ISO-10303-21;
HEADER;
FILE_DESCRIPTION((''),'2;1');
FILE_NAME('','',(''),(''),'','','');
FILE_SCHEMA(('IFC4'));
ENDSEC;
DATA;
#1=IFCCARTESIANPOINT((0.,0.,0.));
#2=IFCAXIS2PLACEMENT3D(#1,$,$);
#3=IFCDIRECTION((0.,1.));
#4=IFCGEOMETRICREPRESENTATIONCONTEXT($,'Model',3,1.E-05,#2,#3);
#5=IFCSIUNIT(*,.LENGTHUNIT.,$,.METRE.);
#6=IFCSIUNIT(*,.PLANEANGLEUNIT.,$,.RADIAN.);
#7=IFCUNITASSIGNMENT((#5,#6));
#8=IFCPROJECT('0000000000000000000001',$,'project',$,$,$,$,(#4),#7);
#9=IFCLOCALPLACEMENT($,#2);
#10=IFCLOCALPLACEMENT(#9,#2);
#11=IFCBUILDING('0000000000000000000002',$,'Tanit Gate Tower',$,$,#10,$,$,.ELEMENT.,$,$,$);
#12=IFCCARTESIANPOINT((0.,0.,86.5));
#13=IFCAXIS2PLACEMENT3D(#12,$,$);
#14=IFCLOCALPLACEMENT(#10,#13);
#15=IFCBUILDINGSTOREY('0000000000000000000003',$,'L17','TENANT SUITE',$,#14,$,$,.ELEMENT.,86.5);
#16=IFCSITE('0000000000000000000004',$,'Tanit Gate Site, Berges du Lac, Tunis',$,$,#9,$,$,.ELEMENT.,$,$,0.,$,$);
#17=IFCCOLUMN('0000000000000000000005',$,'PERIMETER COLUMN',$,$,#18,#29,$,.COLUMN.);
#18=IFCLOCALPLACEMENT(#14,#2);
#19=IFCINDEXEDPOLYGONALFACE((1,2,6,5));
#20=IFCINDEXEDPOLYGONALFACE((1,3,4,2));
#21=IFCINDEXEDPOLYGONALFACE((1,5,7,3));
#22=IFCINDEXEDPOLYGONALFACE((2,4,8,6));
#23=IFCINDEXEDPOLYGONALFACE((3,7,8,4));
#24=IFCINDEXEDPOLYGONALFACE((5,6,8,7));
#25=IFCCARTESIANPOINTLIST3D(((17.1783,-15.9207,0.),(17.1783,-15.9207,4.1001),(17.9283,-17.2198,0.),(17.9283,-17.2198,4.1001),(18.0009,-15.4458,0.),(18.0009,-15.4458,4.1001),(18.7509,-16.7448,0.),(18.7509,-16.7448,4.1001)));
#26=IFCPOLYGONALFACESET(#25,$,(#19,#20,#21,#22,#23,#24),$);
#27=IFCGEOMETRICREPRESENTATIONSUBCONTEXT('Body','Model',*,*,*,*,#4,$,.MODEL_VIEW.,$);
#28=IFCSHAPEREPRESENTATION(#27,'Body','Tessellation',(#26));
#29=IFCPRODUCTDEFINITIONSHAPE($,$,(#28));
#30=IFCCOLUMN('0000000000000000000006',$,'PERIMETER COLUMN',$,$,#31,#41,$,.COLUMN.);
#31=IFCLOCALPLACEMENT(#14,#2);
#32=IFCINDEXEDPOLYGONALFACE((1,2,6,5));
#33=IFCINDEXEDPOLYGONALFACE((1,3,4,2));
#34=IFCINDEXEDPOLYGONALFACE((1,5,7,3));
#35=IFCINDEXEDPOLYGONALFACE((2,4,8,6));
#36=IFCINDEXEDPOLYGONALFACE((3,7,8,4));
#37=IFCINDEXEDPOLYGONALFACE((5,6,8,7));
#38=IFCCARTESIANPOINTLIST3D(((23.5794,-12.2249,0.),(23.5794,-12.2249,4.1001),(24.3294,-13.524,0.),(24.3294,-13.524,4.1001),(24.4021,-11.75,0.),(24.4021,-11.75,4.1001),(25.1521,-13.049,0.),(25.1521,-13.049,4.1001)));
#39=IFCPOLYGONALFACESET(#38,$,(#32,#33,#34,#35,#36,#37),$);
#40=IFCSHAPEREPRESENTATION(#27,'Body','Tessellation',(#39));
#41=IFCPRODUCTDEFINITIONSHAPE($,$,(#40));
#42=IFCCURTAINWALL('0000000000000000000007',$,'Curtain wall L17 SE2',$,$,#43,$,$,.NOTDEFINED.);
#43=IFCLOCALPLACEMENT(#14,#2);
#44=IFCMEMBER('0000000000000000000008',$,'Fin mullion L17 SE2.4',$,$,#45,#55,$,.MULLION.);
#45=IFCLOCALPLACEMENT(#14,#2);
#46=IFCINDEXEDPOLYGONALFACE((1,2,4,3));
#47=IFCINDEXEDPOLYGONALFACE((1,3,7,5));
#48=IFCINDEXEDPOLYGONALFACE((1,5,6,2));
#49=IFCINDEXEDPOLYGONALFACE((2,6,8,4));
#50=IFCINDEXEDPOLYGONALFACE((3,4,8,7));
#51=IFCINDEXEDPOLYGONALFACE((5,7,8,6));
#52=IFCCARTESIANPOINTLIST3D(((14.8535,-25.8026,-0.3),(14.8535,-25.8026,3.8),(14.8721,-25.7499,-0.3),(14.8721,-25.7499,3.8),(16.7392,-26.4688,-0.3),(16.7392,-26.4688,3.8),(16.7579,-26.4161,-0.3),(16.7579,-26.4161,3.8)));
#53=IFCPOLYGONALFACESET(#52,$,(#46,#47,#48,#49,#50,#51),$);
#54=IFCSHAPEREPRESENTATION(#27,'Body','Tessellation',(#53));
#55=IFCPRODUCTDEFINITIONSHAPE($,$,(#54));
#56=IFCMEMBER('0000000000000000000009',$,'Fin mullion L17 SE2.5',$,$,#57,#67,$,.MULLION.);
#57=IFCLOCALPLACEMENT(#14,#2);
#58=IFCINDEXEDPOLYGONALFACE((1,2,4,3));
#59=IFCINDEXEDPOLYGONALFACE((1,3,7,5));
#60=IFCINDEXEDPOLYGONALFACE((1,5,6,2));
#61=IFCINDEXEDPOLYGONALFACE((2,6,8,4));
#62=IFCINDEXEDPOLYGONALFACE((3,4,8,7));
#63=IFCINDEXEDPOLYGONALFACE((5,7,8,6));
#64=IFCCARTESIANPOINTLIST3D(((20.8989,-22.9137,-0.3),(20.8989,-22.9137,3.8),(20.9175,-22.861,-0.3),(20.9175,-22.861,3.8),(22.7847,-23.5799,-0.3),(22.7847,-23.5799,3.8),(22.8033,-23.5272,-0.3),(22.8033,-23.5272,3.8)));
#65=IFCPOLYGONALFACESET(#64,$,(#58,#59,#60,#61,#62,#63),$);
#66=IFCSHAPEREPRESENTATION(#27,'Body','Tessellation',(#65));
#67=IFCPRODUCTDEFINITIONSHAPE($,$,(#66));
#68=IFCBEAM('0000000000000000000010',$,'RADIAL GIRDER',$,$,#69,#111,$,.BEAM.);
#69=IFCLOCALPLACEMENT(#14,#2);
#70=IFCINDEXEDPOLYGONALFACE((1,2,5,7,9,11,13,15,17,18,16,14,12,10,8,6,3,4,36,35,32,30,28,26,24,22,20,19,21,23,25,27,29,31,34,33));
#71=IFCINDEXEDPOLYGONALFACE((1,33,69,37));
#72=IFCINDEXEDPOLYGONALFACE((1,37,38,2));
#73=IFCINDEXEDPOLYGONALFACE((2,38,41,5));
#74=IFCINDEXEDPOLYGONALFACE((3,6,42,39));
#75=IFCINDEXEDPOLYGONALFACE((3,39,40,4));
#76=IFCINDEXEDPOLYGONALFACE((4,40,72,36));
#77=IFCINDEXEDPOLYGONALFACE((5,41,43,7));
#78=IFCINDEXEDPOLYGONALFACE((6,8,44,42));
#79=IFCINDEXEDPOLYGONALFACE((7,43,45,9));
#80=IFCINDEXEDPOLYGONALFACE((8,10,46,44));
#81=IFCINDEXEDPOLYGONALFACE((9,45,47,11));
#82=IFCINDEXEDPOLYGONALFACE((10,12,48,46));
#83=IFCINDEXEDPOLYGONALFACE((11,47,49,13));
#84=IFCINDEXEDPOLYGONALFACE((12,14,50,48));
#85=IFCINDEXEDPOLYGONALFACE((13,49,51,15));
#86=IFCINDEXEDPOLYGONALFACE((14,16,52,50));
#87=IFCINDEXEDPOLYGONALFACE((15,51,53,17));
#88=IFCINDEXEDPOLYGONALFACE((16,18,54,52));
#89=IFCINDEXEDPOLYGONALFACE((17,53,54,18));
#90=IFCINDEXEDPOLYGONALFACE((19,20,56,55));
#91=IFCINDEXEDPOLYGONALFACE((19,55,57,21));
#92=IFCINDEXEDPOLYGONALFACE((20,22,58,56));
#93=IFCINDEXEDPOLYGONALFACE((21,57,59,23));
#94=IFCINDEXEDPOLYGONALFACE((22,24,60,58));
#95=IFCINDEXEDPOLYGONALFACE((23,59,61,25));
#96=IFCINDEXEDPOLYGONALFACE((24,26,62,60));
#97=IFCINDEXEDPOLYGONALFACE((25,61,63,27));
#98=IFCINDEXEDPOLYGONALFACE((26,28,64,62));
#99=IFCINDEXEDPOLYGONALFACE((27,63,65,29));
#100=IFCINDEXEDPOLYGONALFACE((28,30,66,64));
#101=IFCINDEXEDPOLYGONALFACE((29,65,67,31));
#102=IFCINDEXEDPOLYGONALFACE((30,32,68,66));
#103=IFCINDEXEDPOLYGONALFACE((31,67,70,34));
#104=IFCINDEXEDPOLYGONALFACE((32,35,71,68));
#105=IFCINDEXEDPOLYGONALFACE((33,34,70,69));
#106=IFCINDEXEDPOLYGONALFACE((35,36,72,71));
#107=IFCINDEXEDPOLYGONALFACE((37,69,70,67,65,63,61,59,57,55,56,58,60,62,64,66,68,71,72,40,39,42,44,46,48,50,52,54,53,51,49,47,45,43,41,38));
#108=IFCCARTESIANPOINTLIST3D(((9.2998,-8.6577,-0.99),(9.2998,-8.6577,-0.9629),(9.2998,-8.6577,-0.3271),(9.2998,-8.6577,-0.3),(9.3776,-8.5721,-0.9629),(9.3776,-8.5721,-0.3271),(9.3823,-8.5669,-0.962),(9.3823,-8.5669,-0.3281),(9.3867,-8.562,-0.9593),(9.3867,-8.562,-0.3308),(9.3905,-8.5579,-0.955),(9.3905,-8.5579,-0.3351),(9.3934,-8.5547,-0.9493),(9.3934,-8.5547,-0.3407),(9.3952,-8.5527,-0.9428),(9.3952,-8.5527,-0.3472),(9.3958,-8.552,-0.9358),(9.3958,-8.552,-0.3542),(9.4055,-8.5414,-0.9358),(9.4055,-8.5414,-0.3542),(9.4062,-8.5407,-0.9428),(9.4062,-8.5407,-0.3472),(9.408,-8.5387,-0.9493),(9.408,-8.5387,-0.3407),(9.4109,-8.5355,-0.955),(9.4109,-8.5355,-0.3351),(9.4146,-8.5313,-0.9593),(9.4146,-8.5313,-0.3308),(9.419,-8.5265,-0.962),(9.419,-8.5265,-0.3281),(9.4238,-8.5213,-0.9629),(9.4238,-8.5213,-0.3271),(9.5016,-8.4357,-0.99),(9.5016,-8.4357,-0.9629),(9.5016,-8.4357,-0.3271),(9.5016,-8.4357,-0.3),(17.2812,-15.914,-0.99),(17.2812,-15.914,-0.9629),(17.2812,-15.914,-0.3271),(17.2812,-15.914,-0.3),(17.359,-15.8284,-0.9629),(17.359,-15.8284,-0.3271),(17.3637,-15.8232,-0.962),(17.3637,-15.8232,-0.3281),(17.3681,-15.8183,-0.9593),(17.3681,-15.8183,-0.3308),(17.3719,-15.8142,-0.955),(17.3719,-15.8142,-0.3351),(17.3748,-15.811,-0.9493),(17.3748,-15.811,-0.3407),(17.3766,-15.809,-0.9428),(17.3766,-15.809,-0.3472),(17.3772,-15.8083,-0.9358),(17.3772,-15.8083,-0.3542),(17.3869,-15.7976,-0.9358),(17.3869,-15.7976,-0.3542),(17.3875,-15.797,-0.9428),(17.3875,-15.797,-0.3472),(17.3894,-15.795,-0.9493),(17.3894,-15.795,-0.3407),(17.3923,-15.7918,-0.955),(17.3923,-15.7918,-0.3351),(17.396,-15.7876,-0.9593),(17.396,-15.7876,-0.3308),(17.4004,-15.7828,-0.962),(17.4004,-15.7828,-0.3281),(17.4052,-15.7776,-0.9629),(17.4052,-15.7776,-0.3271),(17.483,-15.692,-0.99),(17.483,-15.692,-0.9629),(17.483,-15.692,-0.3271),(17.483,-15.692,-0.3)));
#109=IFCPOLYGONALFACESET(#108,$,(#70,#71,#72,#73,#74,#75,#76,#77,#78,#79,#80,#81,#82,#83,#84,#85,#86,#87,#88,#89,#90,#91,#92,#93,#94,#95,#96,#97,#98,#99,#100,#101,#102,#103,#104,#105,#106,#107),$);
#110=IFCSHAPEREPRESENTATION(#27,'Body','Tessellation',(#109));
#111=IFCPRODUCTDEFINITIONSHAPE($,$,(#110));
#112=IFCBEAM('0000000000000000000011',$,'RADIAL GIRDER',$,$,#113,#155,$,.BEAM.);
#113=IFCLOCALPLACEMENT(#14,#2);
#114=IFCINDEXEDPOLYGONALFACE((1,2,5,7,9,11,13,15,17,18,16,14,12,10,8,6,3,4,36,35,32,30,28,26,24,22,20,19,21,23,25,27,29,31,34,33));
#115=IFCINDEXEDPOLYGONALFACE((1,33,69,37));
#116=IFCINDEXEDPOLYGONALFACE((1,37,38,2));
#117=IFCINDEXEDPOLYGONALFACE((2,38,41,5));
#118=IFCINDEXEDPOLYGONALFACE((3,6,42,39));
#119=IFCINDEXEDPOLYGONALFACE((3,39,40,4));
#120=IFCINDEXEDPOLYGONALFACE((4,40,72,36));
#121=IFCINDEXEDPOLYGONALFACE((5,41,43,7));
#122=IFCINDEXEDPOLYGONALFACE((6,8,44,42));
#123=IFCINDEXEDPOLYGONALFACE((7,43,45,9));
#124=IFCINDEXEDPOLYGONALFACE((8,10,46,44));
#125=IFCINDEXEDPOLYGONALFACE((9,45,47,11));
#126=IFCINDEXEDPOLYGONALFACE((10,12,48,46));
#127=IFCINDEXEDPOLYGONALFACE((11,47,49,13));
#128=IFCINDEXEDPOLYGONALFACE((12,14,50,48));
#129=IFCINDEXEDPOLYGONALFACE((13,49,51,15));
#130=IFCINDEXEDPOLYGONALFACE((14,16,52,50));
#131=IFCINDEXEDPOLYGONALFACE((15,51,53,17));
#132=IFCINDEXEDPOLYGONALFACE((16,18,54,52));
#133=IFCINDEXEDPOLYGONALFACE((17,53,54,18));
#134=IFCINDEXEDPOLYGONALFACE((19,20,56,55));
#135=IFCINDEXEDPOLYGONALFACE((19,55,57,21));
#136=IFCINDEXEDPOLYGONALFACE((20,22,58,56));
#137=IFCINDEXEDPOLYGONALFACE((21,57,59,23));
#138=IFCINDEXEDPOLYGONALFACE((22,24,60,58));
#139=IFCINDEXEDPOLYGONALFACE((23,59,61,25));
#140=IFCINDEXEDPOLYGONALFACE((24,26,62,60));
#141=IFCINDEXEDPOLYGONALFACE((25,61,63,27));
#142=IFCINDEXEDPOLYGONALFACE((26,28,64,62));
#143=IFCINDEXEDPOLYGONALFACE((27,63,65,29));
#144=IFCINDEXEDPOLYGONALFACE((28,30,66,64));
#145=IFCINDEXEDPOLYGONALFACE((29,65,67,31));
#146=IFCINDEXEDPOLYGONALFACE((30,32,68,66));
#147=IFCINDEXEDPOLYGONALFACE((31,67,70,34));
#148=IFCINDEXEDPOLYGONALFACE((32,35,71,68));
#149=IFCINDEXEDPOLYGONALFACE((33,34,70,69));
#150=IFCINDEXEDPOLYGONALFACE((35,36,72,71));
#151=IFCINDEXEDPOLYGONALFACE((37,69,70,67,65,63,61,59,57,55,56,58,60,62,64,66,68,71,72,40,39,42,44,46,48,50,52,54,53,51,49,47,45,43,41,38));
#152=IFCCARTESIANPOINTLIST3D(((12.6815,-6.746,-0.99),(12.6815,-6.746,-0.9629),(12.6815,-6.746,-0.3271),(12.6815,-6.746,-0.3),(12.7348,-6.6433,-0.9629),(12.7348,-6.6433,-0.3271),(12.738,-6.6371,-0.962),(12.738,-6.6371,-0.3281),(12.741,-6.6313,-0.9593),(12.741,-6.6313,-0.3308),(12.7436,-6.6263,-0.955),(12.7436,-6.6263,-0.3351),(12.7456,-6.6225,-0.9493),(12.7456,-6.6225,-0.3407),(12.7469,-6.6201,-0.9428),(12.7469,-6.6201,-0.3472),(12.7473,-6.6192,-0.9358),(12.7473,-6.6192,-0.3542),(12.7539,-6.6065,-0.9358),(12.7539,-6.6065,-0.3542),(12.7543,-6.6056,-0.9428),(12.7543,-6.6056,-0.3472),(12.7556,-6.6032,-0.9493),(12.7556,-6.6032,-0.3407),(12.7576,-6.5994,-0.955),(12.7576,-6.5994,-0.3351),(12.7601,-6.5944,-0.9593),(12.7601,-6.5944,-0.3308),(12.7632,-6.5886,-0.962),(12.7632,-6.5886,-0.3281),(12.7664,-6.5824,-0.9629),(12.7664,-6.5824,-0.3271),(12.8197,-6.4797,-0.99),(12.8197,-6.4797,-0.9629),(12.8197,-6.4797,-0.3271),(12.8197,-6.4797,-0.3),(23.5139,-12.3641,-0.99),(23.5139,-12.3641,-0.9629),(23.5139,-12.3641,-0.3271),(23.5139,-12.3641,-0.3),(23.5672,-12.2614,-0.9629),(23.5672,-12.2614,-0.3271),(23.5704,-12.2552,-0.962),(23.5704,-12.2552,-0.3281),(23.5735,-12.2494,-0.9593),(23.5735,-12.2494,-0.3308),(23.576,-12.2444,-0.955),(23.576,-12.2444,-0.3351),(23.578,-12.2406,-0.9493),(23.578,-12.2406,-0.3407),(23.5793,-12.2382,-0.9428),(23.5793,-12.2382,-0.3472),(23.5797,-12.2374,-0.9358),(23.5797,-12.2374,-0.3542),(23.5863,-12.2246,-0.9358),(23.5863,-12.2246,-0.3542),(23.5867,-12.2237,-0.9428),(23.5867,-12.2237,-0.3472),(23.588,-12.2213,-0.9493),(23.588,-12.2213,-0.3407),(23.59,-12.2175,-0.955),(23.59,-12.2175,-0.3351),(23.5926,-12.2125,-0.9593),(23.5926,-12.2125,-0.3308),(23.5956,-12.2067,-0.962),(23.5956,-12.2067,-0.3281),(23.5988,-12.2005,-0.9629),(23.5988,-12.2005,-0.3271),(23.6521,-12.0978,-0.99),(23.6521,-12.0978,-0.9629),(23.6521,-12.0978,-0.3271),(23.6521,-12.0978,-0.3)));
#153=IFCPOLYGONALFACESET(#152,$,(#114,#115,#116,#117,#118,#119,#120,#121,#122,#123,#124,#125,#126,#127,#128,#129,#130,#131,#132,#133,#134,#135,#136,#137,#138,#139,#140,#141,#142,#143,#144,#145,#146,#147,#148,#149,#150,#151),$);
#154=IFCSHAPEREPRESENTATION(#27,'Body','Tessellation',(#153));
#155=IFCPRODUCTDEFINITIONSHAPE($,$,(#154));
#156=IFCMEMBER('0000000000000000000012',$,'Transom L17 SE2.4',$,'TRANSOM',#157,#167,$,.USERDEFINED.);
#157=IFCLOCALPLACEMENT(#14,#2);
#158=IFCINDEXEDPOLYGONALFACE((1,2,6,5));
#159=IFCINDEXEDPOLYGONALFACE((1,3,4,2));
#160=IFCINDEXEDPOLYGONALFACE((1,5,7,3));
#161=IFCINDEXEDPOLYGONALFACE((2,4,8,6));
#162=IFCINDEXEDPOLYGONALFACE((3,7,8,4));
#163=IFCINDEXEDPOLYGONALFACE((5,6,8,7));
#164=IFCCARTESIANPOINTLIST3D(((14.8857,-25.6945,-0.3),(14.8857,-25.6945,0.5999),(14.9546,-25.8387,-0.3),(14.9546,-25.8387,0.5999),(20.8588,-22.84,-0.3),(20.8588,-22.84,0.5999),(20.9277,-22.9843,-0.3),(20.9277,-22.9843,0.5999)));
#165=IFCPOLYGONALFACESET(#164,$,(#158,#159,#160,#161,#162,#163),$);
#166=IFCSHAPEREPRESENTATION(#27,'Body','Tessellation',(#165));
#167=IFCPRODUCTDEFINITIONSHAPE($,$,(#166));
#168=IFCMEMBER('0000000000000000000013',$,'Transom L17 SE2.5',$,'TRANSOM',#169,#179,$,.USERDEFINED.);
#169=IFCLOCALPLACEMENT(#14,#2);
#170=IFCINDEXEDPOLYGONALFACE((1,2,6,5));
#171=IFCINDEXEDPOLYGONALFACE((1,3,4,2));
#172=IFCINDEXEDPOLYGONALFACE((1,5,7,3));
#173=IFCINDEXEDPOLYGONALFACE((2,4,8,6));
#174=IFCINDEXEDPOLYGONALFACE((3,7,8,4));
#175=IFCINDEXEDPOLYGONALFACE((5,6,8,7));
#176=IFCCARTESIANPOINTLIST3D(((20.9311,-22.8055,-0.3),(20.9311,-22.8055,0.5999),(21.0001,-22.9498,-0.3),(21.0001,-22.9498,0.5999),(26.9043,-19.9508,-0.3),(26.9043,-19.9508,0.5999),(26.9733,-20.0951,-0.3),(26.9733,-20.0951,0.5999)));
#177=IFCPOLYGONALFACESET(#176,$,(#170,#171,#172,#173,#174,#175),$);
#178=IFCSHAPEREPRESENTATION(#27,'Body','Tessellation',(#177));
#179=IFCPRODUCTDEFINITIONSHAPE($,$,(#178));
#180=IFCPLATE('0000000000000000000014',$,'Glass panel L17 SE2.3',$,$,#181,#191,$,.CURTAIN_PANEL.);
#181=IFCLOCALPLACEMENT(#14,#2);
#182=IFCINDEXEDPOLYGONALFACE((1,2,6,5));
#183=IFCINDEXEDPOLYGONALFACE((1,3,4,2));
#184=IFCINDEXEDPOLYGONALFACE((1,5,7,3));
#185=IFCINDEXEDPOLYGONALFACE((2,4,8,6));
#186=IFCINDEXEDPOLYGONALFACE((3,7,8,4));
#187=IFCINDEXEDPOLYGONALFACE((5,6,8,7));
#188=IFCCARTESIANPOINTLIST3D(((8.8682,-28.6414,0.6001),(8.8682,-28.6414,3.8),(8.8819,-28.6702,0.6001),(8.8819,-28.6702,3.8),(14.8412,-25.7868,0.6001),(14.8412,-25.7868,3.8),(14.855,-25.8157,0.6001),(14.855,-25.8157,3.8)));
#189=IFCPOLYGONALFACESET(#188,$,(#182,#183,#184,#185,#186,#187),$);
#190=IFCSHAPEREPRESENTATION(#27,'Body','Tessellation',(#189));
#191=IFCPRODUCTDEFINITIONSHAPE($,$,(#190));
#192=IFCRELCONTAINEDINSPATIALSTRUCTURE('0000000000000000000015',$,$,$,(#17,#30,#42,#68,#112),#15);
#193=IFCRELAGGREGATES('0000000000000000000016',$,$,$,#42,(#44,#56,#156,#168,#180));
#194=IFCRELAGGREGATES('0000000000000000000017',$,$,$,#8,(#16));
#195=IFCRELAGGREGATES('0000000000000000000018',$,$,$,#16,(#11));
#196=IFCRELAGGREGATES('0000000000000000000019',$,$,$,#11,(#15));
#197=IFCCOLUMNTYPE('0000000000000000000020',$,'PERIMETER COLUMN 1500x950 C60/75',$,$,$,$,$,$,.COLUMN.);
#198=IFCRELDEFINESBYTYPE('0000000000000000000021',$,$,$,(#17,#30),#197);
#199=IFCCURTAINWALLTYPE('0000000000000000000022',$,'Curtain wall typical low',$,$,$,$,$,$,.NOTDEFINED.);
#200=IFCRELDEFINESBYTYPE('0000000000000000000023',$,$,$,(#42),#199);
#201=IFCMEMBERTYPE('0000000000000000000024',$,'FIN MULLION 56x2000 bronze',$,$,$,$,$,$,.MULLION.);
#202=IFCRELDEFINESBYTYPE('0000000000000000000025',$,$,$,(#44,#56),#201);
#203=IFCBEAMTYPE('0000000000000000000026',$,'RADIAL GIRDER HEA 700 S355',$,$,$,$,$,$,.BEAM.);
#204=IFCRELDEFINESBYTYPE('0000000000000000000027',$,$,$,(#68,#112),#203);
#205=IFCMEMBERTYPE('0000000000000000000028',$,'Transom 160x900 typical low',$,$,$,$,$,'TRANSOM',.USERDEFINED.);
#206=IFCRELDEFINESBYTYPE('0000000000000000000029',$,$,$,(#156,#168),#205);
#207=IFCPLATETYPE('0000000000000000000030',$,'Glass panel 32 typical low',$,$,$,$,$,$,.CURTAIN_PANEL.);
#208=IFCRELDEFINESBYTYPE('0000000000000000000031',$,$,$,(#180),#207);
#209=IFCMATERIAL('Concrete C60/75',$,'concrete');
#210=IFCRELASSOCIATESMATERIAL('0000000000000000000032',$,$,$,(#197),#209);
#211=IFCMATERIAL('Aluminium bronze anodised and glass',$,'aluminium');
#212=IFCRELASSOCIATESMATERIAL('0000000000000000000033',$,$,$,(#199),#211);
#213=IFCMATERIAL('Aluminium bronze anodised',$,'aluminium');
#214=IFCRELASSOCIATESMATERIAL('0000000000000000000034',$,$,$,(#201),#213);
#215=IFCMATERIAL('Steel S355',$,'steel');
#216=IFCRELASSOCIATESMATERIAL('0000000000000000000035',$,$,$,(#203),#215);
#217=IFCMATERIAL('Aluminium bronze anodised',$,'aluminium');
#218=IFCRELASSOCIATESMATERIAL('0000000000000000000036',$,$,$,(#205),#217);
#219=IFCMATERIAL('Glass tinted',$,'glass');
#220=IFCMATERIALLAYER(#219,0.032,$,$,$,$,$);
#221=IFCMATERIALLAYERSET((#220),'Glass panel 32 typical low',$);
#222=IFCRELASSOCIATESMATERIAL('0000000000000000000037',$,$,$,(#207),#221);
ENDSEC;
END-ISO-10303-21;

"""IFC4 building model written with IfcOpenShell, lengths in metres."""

from ifc_helpers import new_model, si_unit, direction, frame, origin, origin_2d, place, context, subcontext, project, spatial, rectangle, i_section, extrude, material, layer, layer_set, material_profile, profile_set, type_object, element, aggregate, save


model = new_model("IFC4")

# Units and contexts
model_context = context("Model", 3, precision=1e-05, world=origin(), true_north=direction((0.0, 1.0)))
body_context = subcontext(model_context, "Body", "Model", "MODEL_VIEW")
ifc_project = project(units=[si_unit("LENGTHUNIT", "METRE"), si_unit("PLANEANGLEUNIT", "RADIAN")], contexts=[model_context])

# Site, building, storey
site_placement = place(None, origin())
site = spatial("IfcSite", under=ifc_project, at=site_placement, Name="Tanit Gate Site, Berges du Lac, Tunis", CompositionType="ELEMENT", RefElevation=0.0)
building_placement = place(site_placement, origin())
building = spatial("IfcBuilding", under=site, at=building_placement, Name="Tanit Gate Tower", CompositionType="ELEMENT")
storey_placement = place(building_placement, frame((0.0, 0.0, 86.5)))
storey = spatial("IfcBuildingStorey", under=building, at=storey_placement, Name="L17", Description="TENANT SUITE", CompositionType="ELEMENT", Elevation=86.5)

# Columns
ifc_material_1 = material(Name="Concrete C60/75", Category="concrete")
ifc_material_profile_1 = material_profile(ifc_material_1, rectangle(XDim=1.5, YDim=0.95, at=origin_2d()), Name="RC 1500x950")
ifc_profile_set_1 = profile_set([ifc_material_profile_1], Name="Concrete C60/75")
column_type = type_object("IfcColumnType", Name="PERIMETER COLUMN 1500x950 C60/75", PredefinedType="COLUMN", material=ifc_profile_set_1)
for number, where, z_axis, x_axis, name in (
    (1, (17.9646, -16.3328, 0.0), (0.0, 0.0, 1.0), (0.5, -0.866025, 0.0), "PERIMETER COLUMN"),
    (2, (24.3657, -12.637, 0.0), (0.0, 0.0, 1.0), (0.5, -0.866025, 0.0), "PERIMETER COLUMN"),
):
    element("IfcColumn", number, at=place(storey_placement, frame(where, z_axis=z_axis, x_axis=x_axis)), inside=storey, type_object=column_type, Name=name, PredefinedType="COLUMN", context=body_context, shape_type="SweptSolid", body=[
        extrude(rectangle(XDim=1.5, YDim=0.95, at=origin_2d()), origin(), (0.0, 0.0, 1.0), 4.1001),
    ])

# Curtain wall, members
ifc_material_2 = material(Name="Aluminium bronze anodised and glass", Category="aluminium")
curtain_wall_type = type_object("IfcCurtainWallType", Name="Curtain wall typical low", PredefinedType="NOTDEFINED", material=ifc_material_2)
curtain_wall_placement = place(storey_placement, origin())
curtain_wall = element("IfcCurtainWall", 3, at=curtain_wall_placement, inside=storey, type_object=curtain_wall_type, Name="Curtain wall L17 SE2", PredefinedType="NOTDEFINED")
ifc_material_3 = material(Name="Aluminium bronze anodised", Category="aluminium")
ifc_material_profile_2 = material_profile(ifc_material_3, rectangle(XDim=2.0, YDim=0.0559, at=origin_2d()), Name="56x2000 bronze fin mullion")
ifc_profile_set_2 = profile_set([ifc_material_profile_2], Name="Aluminium bronze anodised")
member_type_1 = type_object("IfcMemberType", Name="FIN MULLION 56x2000 bronze", PredefinedType="MULLION", material=ifc_profile_set_2)
member_1_placement = place(storey_placement, frame((15.8057, -26.1094, -0.3), z_axis=(0.0, 0.0, 1.0), x_axis=(-0.942895, 0.33309, 0.0)))
member_1 = element("IfcMember", 4, at=member_1_placement, type_object=member_type_1, Name="Fin mullion L17 SE2.4", PredefinedType="MULLION", context=body_context, shape_type="SweptSolid", body=[
    extrude(rectangle(XDim=2.0, YDim=0.0559, at=origin_2d()), origin(), (0.0, 0.0, 1.0), 4.1001),
])
member_2_placement = place(storey_placement, frame((21.8511, -23.2205, -0.3), z_axis=(0.0, 0.0, 1.0), x_axis=(-0.942895, 0.33309, 0.0)))
member_2 = element("IfcMember", 5, at=member_2_placement, type_object=member_type_1, Name="Fin mullion L17 SE2.5", PredefinedType="MULLION", context=body_context, shape_type="SweptSolid", body=[
    extrude(rectangle(XDim=2.0, YDim=0.0559, at=origin_2d()), origin(), (0.0, 0.0, 1.0), 4.1001),
])

# Beams
ifc_material_4 = material(Name="Steel S355", Category="steel")
ifc_material_profile_3 = material_profile(ifc_material_4, i_section(OverallWidth=0.3, OverallDepth=0.6899, WebThickness=0.0144, FlangeThickness=0.0271, FilletRadius=0.0271, at=origin_2d()), Name="HEA 700")
ifc_profile_set_3 = profile_set([ifc_material_profile_3], Name="Steel S355")
beam_type = type_object("IfcBeamType", Name="RADIAL GIRDER HEA 700 S355", PredefinedType="BEAM", material=ifc_profile_set_3)
beam_1_placement = place(storey_placement, frame((17.3821, -15.803, -0.645), z_axis=(-0.739918, 0.672698, 0.0), x_axis=(-0.672698, -0.739918, 0.0)))
element("IfcBeam", 6, at=beam_1_placement, inside=storey, type_object=beam_type, Name="RADIAL GIRDER", PredefinedType="BEAM", context=body_context, shape_type="SweptSolid", body=[
    extrude(i_section(OverallWidth=0.3, OverallDepth=0.6899, WebThickness=0.0144, FlangeThickness=0.0271, FilletRadius=0.0271, at=origin_2d()), origin(), (0.0, 0.0, 1.0), 10.7869),
])
beam_2_placement = place(storey_placement, frame((23.583, -12.231, -0.645), z_axis=(-0.887711, 0.460401, 0.0), x_axis=(-0.460401, -0.887711, 0.0)))
element("IfcBeam", 7, at=beam_2_placement, inside=storey, type_object=beam_type, Name="RADIAL GIRDER", PredefinedType="BEAM", context=body_context, shape_type="SweptSolid", body=[
    extrude(i_section(OverallWidth=0.3, OverallDepth=0.6899, WebThickness=0.0144, FlangeThickness=0.0271, FilletRadius=0.0271, at=origin_2d()), origin(), (0.0, 0.0, 1.0), 12.2026),
])

# Members
ifc_material_5 = material(Name="Aluminium bronze anodised", Category="aluminium")
ifc_material_profile_4 = material_profile(ifc_material_5, rectangle(XDim=0.1599, YDim=0.8999, at=origin_2d()), Name="160x900 bronze transom")
ifc_profile_set_4 = profile_set([ifc_material_profile_4], Name="Aluminium bronze anodised")
member_type_2 = type_object("IfcMemberType", Name="Transom 160x900 typical low", ElementType="TRANSOM", PredefinedType="USERDEFINED", material=ifc_profile_set_4)
member_3_placement = place(storey_placement, frame((14.9202, -25.7666, 0.1499), z_axis=(0.902265, 0.431181, 0.0), x_axis=(-0.431181, 0.902265, 0.0)))
member_3 = element("IfcMember", 8, at=member_3_placement, type_object=member_type_2, Name="Transom L17 SE2.4", ObjectType="TRANSOM", PredefinedType="USERDEFINED", context=body_context, shape_type="SweptSolid", body=[
    extrude(rectangle(XDim=0.1599, YDim=0.8999, at=origin_2d()), origin(), (0.0, 0.0, 1.0), 6.6201),
])
member_4_placement = place(storey_placement, frame((20.9656, -22.8777, 0.1499), z_axis=(0.902251, 0.431211, 0.0), x_axis=(-0.431211, 0.902251, 0.0)))
member_4 = element("IfcMember", 9, at=member_4_placement, type_object=member_type_2, Name="Transom L17 SE2.5", ObjectType="TRANSOM", PredefinedType="USERDEFINED", context=body_context, shape_type="SweptSolid", body=[
    extrude(rectangle(XDim=0.1599, YDim=0.8999, at=origin_2d()), origin(), (0.0, 0.0, 1.0), 6.6204),
])

# Plate
ifc_material_6 = material(Name="Glass tinted", Category="glass")
ifc_layer_1 = layer(ifc_material_6, 0.032)
ifc_layer_set_1 = layer_set([ifc_layer_1], Name="Glass panel 32 typical low")
plate_type = type_object("IfcPlateType", Name="Glass panel 32 typical low", PredefinedType="CURTAIN_PANEL", material=ifc_layer_set_1)
plate_1_placement = place(storey_placement, frame((11.8616, -27.2285, 0.6001), z_axis=(0.0, 0.0, 1.0), x_axis=(0.902258, 0.431197, 0.0)))
plate_1 = element("IfcPlate", 10, at=plate_1_placement, type_object=plate_type, Name="Glass panel L17 SE2.3", PredefinedType="CURTAIN_PANEL", context=body_context, shape_type="SweptSolid", body=[
    extrude(rectangle(XDim=6.6201, YDim=0.032, at=origin_2d()), origin(), (0.0, 0.0, 1.0), 3.2),
])
aggregate(curtain_wall, [member_1, member_2, member_3, member_4, plate_1])

save(model, "model.ifc")
